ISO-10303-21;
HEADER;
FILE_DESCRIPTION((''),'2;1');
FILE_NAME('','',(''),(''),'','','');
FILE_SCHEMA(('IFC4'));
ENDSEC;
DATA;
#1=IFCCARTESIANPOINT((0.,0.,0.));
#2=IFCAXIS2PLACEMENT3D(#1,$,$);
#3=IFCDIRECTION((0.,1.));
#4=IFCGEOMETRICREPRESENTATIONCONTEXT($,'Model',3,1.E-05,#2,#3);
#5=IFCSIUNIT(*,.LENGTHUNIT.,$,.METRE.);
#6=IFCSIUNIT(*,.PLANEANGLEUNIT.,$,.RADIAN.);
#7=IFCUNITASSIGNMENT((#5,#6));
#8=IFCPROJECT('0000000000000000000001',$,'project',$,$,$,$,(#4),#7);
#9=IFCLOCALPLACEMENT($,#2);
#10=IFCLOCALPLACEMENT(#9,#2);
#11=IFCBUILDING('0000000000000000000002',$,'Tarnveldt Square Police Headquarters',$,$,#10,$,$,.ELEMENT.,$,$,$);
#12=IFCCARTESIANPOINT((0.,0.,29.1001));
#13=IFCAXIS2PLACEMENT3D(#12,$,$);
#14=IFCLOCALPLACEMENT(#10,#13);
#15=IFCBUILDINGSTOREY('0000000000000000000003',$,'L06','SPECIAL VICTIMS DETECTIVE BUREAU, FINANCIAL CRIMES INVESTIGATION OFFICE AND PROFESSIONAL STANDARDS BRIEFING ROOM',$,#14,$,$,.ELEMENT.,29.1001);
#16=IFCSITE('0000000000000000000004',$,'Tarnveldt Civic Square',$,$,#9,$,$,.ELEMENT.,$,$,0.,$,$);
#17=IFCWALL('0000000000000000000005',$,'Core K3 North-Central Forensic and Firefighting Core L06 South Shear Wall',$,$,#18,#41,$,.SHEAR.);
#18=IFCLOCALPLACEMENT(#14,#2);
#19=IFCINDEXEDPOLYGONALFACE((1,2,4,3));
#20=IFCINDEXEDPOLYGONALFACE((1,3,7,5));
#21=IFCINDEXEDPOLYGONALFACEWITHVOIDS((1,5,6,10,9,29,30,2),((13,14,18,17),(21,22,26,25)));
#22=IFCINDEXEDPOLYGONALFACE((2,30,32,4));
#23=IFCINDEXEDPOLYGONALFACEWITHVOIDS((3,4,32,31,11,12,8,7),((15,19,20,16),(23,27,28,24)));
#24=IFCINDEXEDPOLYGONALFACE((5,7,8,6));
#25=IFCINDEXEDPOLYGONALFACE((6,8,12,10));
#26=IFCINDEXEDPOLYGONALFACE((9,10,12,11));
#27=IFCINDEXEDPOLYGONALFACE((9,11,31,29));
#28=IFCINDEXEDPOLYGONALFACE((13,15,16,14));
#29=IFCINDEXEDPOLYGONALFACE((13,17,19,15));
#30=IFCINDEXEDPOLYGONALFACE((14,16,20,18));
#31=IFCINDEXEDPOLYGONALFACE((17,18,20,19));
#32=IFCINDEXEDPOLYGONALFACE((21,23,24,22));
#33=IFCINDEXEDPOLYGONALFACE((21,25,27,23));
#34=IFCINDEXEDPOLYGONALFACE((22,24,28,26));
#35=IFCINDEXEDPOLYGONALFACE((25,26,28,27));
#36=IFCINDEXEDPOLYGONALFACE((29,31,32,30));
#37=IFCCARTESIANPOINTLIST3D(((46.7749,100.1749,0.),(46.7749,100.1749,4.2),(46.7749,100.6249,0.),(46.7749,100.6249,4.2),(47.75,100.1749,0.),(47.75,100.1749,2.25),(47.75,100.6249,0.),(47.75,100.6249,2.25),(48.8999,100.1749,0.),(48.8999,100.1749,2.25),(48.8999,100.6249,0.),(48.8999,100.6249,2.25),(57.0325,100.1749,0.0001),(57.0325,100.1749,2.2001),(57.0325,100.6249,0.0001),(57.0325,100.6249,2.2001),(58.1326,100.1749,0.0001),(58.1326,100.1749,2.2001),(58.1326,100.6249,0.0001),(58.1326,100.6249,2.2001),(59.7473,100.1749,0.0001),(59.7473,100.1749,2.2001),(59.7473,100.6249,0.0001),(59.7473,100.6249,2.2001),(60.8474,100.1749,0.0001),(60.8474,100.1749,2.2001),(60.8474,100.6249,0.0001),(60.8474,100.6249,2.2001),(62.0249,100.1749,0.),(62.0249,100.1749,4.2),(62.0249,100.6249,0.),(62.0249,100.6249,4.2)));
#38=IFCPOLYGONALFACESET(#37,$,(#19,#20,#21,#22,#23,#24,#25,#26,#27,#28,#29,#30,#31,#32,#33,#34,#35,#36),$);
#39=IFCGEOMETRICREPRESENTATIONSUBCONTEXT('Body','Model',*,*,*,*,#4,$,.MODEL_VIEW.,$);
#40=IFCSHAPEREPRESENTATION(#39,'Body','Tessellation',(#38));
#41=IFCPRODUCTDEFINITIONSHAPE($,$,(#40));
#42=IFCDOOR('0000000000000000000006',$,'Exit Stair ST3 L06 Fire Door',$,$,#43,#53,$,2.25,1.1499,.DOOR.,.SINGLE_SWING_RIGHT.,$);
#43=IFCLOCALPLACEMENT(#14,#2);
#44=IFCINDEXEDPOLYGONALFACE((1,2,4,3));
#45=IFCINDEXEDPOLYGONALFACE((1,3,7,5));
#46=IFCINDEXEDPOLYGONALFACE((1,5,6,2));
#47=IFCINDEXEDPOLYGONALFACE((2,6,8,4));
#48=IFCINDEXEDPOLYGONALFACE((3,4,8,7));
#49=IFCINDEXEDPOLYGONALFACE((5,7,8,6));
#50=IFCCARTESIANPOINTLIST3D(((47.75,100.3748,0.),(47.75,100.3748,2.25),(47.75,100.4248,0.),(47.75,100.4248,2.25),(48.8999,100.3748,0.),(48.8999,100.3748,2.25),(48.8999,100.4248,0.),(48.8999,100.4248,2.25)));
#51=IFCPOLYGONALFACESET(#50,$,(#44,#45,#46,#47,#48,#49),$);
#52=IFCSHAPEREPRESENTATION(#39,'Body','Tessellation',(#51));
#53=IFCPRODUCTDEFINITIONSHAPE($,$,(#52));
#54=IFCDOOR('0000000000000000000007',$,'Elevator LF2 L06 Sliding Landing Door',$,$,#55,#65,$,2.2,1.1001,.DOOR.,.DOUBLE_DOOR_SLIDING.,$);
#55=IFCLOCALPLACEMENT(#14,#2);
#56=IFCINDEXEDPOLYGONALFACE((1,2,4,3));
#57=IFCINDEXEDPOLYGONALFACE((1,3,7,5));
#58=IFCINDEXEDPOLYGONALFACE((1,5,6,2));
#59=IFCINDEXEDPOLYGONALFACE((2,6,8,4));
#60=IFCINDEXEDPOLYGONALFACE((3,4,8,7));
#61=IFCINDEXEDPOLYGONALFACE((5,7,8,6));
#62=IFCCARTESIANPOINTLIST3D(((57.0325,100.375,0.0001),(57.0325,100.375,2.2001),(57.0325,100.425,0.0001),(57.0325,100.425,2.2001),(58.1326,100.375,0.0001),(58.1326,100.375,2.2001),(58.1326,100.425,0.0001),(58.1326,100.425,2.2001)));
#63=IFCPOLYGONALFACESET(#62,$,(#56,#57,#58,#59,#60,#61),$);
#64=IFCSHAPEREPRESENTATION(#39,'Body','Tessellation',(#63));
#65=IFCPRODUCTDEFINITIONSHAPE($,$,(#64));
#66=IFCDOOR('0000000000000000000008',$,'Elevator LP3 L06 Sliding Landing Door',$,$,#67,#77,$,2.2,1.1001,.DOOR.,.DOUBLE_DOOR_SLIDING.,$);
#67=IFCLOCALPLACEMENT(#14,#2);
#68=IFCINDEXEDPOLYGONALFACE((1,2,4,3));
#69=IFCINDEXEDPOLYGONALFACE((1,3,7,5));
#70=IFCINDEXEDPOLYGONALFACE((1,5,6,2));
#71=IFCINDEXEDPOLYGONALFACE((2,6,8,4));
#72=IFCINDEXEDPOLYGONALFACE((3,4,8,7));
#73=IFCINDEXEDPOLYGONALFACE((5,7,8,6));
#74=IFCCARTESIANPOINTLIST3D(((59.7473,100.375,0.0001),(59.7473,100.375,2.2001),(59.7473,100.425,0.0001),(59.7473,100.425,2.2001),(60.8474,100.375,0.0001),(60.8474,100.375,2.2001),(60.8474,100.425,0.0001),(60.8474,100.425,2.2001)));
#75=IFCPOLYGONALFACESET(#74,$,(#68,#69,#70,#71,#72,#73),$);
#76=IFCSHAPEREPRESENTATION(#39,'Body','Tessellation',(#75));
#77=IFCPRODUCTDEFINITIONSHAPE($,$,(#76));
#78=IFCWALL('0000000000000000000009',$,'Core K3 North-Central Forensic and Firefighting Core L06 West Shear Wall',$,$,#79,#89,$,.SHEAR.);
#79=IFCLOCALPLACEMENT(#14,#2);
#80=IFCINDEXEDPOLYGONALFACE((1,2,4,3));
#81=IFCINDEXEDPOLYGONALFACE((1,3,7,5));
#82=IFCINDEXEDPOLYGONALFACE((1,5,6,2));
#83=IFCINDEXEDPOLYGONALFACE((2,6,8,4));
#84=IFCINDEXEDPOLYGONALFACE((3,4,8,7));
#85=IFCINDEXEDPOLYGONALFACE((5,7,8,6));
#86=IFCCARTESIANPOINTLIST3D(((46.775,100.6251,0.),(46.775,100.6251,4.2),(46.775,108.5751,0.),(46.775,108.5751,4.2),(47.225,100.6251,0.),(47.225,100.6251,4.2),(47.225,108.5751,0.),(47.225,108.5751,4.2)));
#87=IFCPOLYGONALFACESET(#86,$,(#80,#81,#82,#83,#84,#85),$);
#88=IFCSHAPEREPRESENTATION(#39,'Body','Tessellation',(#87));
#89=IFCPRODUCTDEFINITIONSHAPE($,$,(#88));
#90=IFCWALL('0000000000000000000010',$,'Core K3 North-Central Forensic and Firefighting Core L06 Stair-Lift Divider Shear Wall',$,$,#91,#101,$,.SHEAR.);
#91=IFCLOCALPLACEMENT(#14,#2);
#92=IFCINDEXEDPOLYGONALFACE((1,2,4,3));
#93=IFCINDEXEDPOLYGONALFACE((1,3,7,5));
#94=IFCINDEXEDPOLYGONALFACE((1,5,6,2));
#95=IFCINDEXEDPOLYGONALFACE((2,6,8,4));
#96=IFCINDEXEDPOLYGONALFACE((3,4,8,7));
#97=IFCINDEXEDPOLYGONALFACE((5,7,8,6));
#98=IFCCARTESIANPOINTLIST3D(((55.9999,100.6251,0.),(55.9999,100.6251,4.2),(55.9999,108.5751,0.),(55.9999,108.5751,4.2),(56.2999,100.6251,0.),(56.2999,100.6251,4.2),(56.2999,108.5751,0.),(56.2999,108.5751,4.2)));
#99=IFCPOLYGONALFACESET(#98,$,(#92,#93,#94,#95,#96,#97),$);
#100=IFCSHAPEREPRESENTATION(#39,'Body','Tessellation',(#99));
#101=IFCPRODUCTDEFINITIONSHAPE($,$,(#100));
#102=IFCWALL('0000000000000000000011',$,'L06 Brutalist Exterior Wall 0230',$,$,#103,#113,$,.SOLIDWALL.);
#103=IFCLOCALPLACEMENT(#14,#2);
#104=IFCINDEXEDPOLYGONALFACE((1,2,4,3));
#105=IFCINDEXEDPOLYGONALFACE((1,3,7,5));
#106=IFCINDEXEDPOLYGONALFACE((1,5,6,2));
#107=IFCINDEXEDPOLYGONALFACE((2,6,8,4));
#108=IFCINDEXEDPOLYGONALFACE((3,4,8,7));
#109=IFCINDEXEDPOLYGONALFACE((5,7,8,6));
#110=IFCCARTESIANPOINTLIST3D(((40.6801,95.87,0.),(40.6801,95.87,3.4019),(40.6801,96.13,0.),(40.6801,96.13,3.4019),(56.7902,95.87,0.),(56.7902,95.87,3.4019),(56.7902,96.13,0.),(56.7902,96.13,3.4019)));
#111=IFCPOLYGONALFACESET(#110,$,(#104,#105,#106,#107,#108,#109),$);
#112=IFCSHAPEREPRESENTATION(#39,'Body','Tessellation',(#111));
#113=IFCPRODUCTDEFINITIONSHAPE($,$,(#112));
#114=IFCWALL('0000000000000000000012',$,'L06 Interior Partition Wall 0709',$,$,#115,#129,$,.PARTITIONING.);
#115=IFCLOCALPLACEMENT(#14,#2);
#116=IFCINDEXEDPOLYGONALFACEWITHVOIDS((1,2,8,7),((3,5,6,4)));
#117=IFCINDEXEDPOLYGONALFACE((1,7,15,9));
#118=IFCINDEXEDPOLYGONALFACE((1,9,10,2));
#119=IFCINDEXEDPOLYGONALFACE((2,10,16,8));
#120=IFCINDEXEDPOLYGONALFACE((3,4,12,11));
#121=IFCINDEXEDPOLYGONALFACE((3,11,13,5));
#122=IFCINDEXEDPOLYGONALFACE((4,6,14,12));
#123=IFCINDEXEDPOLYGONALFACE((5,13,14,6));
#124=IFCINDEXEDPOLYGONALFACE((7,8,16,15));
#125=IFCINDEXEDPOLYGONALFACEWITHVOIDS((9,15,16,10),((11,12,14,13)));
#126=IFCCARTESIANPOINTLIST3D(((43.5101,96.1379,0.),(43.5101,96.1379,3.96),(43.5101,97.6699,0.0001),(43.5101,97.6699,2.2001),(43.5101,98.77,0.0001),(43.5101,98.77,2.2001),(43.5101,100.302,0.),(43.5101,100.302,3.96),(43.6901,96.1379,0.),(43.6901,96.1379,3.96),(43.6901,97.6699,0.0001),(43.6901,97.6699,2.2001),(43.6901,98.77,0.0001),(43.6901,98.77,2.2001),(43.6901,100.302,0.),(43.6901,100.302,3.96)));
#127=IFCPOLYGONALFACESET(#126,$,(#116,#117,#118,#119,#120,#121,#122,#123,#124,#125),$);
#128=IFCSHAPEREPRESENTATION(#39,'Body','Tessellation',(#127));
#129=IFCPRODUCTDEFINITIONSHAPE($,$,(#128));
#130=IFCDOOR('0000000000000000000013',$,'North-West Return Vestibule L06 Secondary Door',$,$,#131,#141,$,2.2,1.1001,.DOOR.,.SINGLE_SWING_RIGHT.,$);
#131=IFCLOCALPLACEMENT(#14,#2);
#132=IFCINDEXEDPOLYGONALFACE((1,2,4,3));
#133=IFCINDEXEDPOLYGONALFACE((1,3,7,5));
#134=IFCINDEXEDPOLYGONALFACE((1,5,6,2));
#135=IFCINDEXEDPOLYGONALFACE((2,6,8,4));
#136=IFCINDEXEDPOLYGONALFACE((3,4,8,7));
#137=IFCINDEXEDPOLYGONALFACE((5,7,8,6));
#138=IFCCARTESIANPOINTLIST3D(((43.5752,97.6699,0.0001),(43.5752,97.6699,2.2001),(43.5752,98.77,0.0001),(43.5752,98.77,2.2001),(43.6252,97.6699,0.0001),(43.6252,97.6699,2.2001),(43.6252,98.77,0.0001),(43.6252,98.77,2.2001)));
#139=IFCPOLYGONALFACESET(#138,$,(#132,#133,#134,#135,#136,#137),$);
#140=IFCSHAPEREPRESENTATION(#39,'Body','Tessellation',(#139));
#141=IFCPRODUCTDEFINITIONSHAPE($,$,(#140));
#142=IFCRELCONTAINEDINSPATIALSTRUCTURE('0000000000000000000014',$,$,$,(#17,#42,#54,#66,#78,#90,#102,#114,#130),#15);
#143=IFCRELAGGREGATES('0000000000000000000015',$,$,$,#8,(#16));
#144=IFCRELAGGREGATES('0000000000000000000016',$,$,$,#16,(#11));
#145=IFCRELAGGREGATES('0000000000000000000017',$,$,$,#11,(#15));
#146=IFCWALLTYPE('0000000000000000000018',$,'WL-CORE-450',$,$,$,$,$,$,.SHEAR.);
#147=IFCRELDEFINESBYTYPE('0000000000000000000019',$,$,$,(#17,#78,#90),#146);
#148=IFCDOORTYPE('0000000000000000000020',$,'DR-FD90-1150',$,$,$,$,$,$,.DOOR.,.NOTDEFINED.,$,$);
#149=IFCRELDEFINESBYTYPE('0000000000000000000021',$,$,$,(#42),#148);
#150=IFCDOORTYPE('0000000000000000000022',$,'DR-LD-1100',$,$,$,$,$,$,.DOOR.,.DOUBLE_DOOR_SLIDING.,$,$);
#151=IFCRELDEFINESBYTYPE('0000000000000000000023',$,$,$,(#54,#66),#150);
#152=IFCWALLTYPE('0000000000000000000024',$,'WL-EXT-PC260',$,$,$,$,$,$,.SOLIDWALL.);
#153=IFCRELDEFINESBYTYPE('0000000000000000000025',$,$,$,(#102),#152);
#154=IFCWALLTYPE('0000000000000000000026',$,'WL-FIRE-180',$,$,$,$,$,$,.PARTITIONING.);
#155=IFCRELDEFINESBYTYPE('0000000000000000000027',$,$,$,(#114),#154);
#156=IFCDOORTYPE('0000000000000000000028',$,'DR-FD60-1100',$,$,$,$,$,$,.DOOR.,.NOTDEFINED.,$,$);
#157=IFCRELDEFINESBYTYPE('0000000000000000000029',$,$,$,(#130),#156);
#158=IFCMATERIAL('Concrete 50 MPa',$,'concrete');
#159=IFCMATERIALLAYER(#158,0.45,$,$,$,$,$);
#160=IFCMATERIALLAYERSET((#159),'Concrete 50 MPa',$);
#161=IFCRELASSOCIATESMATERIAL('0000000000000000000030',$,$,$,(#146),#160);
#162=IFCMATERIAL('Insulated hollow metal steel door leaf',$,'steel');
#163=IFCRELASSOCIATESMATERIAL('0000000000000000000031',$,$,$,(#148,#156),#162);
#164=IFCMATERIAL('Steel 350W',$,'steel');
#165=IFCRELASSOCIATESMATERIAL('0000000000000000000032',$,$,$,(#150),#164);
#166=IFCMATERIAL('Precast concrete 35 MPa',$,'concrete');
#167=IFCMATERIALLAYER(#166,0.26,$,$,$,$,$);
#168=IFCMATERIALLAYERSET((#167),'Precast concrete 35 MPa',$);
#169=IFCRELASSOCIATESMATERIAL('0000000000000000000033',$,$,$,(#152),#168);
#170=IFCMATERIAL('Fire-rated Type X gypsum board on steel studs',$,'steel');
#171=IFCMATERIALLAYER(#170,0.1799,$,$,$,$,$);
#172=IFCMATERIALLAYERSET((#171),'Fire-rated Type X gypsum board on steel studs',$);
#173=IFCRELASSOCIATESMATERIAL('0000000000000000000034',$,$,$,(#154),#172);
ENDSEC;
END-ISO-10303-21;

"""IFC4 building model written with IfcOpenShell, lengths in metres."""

from ifc_helpers import new_model, si_unit, direction, frame, frame_2d, origin, place, context, subcontext, project, spatial, rectangle, extrude, material, layer, layer_set, type_object, element, fill, save


model = new_model("IFC4")

# Units and contexts
model_context = context("Model", 3, precision=1e-05, world=origin(), true_north=direction((0.0, 1.0)))
body_context = subcontext(model_context, "Body", "Model", "MODEL_VIEW")
ifc_project = project(units=[si_unit("LENGTHUNIT", "METRE"), si_unit("PLANEANGLEUNIT", "RADIAN")], contexts=[model_context])

# Site, building, storey
site_placement = place(None, origin())
site = spatial("IfcSite", under=ifc_project, at=site_placement, Name="Tarnveldt Civic Square", CompositionType="ELEMENT", RefElevation=0.0)
building_placement = place(site_placement, origin())
building = spatial("IfcBuilding", under=site, at=building_placement, Name="Tarnveldt Square Police Headquarters", CompositionType="ELEMENT")
storey_placement = place(building_placement, frame((0.0, 0.0, 29.1001)))
storey = spatial("IfcBuildingStorey", under=building, at=storey_placement, Name="L06", Description="SPECIAL VICTIMS DETECTIVE BUREAU, FINANCIAL CRIMES INVESTIGATION OFFICE AND PROFESSIONAL STANDARDS BRIEFING ROOM", CompositionType="ELEMENT", Elevation=29.1001)

# Shared definitions
ifc_material_1 = material(Name="Steel 350W", Category="steel")

# Wall, openings, doors
ifc_material_2 = material(Name="Concrete 50 MPa", Category="concrete")
ifc_layer_1 = layer(ifc_material_2, 0.45)
ifc_layer_set_1 = layer_set([ifc_layer_1], Name="Concrete 50 MPa")
wall_type_1 = type_object("IfcWallType", Name="WL-CORE-450", PredefinedType="SHEAR", material=ifc_layer_set_1)
wall_1_placement = place(storey_placement, frame((46.7749, 100.3999, 0.0), z_axis=(0.0, 0.0, 1.0), x_axis=(1.0, 0.0, 0.0)))
wall_1 = element("IfcWall", 1, at=wall_1_placement, inside=storey, type_object=wall_type_1, Name="Core K3 North-Central Forensic and Firefighting Core L06 South Shear Wall", PredefinedType="SHEAR", context=body_context, shape_type="SweptSolid", body=[
    extrude(rectangle(XDim=15.25, YDim=0.45, at=frame_2d((7.625, 0.0))), origin(), (0.0, 0.0, 1.0), 4.2),
])
opening_1_placement = place(wall_1_placement, frame((0.9751, 0.0, 0.0)))
opening_1 = element("IfcOpeningElement", 2, at=opening_1_placement, cuts=wall_1, PredefinedType="OPENING", context=body_context, shape_type="SweptSolid", body=[
    extrude(rectangle(XDim=1.1499, YDim=2.25, at=frame_2d((0.575, 1.125))), frame((0.0, 0.2349, 0.0), z_axis=(0.0, -1.0, 0.0), x_axis=(1.0, 0.0, 0.0)), (0.0, 0.0, 1.0), 0.47),
])
opening_2_placement = place(wall_1_placement, frame((10.2576, 0.0, 0.0)))
opening_2 = element("IfcOpeningElement", 3, at=opening_2_placement, cuts=wall_1, PredefinedType="OPENING", context=body_context, shape_type="SweptSolid", body=[
    extrude(rectangle(XDim=1.1001, YDim=2.2, at=frame_2d((0.55, 1.1001))), frame((0.0, 0.2349, 0.0), z_axis=(0.0, -1.0, 0.0), x_axis=(1.0, 0.0, 0.0)), (0.0, 0.0, 1.0), 0.47),
])
opening_3_placement = place(wall_1_placement, frame((12.9724, 0.0, 0.0)))
opening_3 = element("IfcOpeningElement", 4, at=opening_3_placement, cuts=wall_1, PredefinedType="OPENING", context=body_context, shape_type="SweptSolid", body=[
    extrude(rectangle(XDim=1.1001, YDim=2.2, at=frame_2d((0.55, 1.1001))), frame((0.0, 0.2349, 0.0), z_axis=(0.0, -1.0, 0.0), x_axis=(1.0, 0.0, 0.0)), (0.0, 0.0, 1.0), 0.47),
])
ifc_material_3 = material(Name="Insulated hollow metal steel door leaf", Category="steel")
door_type_1 = type_object("IfcDoorType", Name="DR-FD90-1150", OperationType="NOTDEFINED", PredefinedType="DOOR", material=ifc_material_3)
door_1_placement = place(opening_1_placement, origin())
door_1 = element("IfcDoor", 5, at=door_1_placement, inside=storey, type_object=door_type_1, Name="Exit Stair ST3 L06 Fire Door", OperationType="SINGLE_SWING_RIGHT", OverallHeight=2.25, OverallWidth=1.1499, PredefinedType="DOOR", context=body_context, shape_type="SweptSolid", body=[
    extrude(rectangle(XDim=1.1499, YDim=2.25, at=frame_2d((0.575, 1.125))), frame((0.0, 0.0249, 0.0), z_axis=(0.0, -1.0, 0.0), x_axis=(1.0, 0.0, 0.0)), (0.0, 0.0, 1.0), 0.05),
])
fill(opening_1, door_1)
door_type_2 = type_object("IfcDoorType", Name="DR-LD-1100", OperationType="DOUBLE_DOOR_SLIDING", PredefinedType="DOOR", material=ifc_material_1)
door_2_placement = place(opening_2_placement, frame((1.1001, 0.0, 0.0), z_axis=(0.0, 0.0, 1.0), x_axis=(-1.0, 0.0, 0.0)))
door_2 = element("IfcDoor", 6, at=door_2_placement, inside=storey, type_object=door_type_2, Name="Elevator LF2 L06 Sliding Landing Door", OperationType="DOUBLE_DOOR_SLIDING", OverallHeight=2.2, OverallWidth=1.1001, PredefinedType="DOOR", context=body_context, shape_type="SweptSolid", body=[
    extrude(rectangle(XDim=1.1001, YDim=2.2, at=frame_2d((0.55, 1.1001))), frame((0.0, 0.0249, 0.0), z_axis=(0.0, -1.0, 0.0), x_axis=(1.0, 0.0, 0.0)), (0.0, 0.0, 1.0), 0.05),
])
fill(opening_2, door_2)
door_3_placement = place(opening_3_placement, frame((1.1001, 0.0, 0.0), z_axis=(0.0, 0.0, 1.0), x_axis=(-1.0, 0.0, 0.0)))
door_3 = element("IfcDoor", 7, at=door_3_placement, inside=storey, type_object=door_type_2, Name="Elevator LP3 L06 Sliding Landing Door", OperationType="DOUBLE_DOOR_SLIDING", OverallHeight=2.2, OverallWidth=1.1001, PredefinedType="DOOR", context=body_context, shape_type="SweptSolid", body=[
    extrude(rectangle(XDim=1.1001, YDim=2.2, at=frame_2d((0.55, 1.1001))), frame((0.0, 0.0249, 0.0), z_axis=(0.0, -1.0, 0.0), x_axis=(1.0, 0.0, 0.0)), (0.0, 0.0, 1.0), 0.05),
])
fill(opening_3, door_3)

# Walls
wall_2_placement = place(storey_placement, frame((47.0, 100.625, 0.0), z_axis=(0.0, 0.0, 1.0), x_axis=(0.0, 1.0, 0.0)))
element("IfcWall", 8, at=wall_2_placement, inside=storey, type_object=wall_type_1, Name="Core K3 North-Central Forensic and Firefighting Core L06 West Shear Wall", PredefinedType="SHEAR", context=body_context, shape_type="SweptSolid", body=[
    extrude(rectangle(XDim=7.95, YDim=0.45, at=frame_2d((3.9751, 0.0))), origin(), (0.0, 0.0, 1.0), 4.2),
])
wall_3_placement = place(storey_placement, frame((56.1499, 100.625, 0.0), z_axis=(0.0, 0.0, 1.0), x_axis=(0.0, 1.0, 0.0)))
element("IfcWall", 9, at=wall_3_placement, inside=storey, type_object=wall_type_1, Name="Core K3 North-Central Forensic and Firefighting Core L06 Stair-Lift Divider Shear Wall", PredefinedType="SHEAR", context=body_context, shape_type="SweptSolid", body=[
    extrude(rectangle(XDim=7.95, YDim=0.3, at=frame_2d((3.9751, 0.0))), origin(), (0.0, 0.0, 1.0), 4.2),
])
ifc_material_4 = material(Name="Precast concrete 35 MPa", Category="concrete")
ifc_layer_2 = layer(ifc_material_4, 0.26)
ifc_layer_set_2 = layer_set([ifc_layer_2], Name="Precast concrete 35 MPa")
wall_type_2 = type_object("IfcWallType", Name="WL-EXT-PC260", PredefinedType="SOLIDWALL", material=ifc_layer_set_2)
wall_4_placement = place(storey_placement, frame((40.6799, 96.0, 0.0), z_axis=(0.0, 0.0, 1.0), x_axis=(1.0, 0.0, 0.0)))
element("IfcWall", 10, at=wall_4_placement, inside=storey, type_object=wall_type_2, Name="L06 Brutalist Exterior Wall 0230", PredefinedType="SOLIDWALL", context=body_context, shape_type="SweptSolid", body=[
    extrude(rectangle(XDim=16.1101, YDim=0.26, at=frame_2d((8.0552, 0.0))), origin(), (0.0, 0.0, 1.0), 3.4019),
])

# Wall, opening, door
ifc_material_5 = material(Name="Fire-rated Type X gypsum board on steel studs", Category="steel")
ifc_layer_3 = layer(ifc_material_5, 0.1799)
ifc_layer_set_3 = layer_set([ifc_layer_3], Name="Fire-rated Type X gypsum board on steel studs")
wall_type_3 = type_object("IfcWallType", Name="WL-FIRE-180", PredefinedType="PARTITIONING", material=ifc_layer_set_3)
wall_5_placement = place(storey_placement, frame((43.6001, 96.1379, 0.0), z_axis=(0.0, 0.0, 1.0), x_axis=(0.0, 1.0, 0.0)))
wall_5 = element("IfcWall", 11, at=wall_5_placement, inside=storey, type_object=wall_type_3, Name="L06 Interior Partition Wall 0709", PredefinedType="PARTITIONING", context=body_context, shape_type="SweptSolid", body=[
    extrude(rectangle(XDim=4.1641, YDim=0.1799, at=frame_2d((2.082, 0.0))), origin(), (0.0, 0.0, 1.0), 3.96),
])
opening_4_placement = place(wall_5_placement, frame((1.532, 0.0, 0.0)))
opening_4 = element("IfcOpeningElement", 12, at=opening_4_placement, cuts=wall_5, PredefinedType="OPENING", context=body_context, shape_type="SweptSolid", body=[
    extrude(rectangle(XDim=1.1001, YDim=2.2, at=frame_2d((0.55, 1.1001))), frame((0.0, 0.0999, 0.0), z_axis=(0.0, -1.0, 0.0), x_axis=(1.0, 0.0, 0.0)), (0.0, 0.0, 1.0), 0.2),
])
door_type_3 = type_object("IfcDoorType", Name="DR-FD60-1100", OperationType="NOTDEFINED", PredefinedType="DOOR", material=ifc_material_3)
door_4_placement = place(opening_4_placement, origin())
door_4 = element("IfcDoor", 13, at=door_4_placement, inside=storey, type_object=door_type_3, Name="North-West Return Vestibule L06 Secondary Door", OperationType="SINGLE_SWING_RIGHT", OverallHeight=2.2, OverallWidth=1.1001, PredefinedType="DOOR", context=body_context, shape_type="SweptSolid", body=[
    extrude(rectangle(XDim=1.1001, YDim=2.2, at=frame_2d((0.55, 1.1001))), frame((0.0, 0.0249, 0.0), z_axis=(0.0, -1.0, 0.0), x_axis=(1.0, 0.0, 0.0)), (0.0, 0.0, 1.0), 0.05),
])
fill(opening_4, door_4)

save(model, "model.ifc")
